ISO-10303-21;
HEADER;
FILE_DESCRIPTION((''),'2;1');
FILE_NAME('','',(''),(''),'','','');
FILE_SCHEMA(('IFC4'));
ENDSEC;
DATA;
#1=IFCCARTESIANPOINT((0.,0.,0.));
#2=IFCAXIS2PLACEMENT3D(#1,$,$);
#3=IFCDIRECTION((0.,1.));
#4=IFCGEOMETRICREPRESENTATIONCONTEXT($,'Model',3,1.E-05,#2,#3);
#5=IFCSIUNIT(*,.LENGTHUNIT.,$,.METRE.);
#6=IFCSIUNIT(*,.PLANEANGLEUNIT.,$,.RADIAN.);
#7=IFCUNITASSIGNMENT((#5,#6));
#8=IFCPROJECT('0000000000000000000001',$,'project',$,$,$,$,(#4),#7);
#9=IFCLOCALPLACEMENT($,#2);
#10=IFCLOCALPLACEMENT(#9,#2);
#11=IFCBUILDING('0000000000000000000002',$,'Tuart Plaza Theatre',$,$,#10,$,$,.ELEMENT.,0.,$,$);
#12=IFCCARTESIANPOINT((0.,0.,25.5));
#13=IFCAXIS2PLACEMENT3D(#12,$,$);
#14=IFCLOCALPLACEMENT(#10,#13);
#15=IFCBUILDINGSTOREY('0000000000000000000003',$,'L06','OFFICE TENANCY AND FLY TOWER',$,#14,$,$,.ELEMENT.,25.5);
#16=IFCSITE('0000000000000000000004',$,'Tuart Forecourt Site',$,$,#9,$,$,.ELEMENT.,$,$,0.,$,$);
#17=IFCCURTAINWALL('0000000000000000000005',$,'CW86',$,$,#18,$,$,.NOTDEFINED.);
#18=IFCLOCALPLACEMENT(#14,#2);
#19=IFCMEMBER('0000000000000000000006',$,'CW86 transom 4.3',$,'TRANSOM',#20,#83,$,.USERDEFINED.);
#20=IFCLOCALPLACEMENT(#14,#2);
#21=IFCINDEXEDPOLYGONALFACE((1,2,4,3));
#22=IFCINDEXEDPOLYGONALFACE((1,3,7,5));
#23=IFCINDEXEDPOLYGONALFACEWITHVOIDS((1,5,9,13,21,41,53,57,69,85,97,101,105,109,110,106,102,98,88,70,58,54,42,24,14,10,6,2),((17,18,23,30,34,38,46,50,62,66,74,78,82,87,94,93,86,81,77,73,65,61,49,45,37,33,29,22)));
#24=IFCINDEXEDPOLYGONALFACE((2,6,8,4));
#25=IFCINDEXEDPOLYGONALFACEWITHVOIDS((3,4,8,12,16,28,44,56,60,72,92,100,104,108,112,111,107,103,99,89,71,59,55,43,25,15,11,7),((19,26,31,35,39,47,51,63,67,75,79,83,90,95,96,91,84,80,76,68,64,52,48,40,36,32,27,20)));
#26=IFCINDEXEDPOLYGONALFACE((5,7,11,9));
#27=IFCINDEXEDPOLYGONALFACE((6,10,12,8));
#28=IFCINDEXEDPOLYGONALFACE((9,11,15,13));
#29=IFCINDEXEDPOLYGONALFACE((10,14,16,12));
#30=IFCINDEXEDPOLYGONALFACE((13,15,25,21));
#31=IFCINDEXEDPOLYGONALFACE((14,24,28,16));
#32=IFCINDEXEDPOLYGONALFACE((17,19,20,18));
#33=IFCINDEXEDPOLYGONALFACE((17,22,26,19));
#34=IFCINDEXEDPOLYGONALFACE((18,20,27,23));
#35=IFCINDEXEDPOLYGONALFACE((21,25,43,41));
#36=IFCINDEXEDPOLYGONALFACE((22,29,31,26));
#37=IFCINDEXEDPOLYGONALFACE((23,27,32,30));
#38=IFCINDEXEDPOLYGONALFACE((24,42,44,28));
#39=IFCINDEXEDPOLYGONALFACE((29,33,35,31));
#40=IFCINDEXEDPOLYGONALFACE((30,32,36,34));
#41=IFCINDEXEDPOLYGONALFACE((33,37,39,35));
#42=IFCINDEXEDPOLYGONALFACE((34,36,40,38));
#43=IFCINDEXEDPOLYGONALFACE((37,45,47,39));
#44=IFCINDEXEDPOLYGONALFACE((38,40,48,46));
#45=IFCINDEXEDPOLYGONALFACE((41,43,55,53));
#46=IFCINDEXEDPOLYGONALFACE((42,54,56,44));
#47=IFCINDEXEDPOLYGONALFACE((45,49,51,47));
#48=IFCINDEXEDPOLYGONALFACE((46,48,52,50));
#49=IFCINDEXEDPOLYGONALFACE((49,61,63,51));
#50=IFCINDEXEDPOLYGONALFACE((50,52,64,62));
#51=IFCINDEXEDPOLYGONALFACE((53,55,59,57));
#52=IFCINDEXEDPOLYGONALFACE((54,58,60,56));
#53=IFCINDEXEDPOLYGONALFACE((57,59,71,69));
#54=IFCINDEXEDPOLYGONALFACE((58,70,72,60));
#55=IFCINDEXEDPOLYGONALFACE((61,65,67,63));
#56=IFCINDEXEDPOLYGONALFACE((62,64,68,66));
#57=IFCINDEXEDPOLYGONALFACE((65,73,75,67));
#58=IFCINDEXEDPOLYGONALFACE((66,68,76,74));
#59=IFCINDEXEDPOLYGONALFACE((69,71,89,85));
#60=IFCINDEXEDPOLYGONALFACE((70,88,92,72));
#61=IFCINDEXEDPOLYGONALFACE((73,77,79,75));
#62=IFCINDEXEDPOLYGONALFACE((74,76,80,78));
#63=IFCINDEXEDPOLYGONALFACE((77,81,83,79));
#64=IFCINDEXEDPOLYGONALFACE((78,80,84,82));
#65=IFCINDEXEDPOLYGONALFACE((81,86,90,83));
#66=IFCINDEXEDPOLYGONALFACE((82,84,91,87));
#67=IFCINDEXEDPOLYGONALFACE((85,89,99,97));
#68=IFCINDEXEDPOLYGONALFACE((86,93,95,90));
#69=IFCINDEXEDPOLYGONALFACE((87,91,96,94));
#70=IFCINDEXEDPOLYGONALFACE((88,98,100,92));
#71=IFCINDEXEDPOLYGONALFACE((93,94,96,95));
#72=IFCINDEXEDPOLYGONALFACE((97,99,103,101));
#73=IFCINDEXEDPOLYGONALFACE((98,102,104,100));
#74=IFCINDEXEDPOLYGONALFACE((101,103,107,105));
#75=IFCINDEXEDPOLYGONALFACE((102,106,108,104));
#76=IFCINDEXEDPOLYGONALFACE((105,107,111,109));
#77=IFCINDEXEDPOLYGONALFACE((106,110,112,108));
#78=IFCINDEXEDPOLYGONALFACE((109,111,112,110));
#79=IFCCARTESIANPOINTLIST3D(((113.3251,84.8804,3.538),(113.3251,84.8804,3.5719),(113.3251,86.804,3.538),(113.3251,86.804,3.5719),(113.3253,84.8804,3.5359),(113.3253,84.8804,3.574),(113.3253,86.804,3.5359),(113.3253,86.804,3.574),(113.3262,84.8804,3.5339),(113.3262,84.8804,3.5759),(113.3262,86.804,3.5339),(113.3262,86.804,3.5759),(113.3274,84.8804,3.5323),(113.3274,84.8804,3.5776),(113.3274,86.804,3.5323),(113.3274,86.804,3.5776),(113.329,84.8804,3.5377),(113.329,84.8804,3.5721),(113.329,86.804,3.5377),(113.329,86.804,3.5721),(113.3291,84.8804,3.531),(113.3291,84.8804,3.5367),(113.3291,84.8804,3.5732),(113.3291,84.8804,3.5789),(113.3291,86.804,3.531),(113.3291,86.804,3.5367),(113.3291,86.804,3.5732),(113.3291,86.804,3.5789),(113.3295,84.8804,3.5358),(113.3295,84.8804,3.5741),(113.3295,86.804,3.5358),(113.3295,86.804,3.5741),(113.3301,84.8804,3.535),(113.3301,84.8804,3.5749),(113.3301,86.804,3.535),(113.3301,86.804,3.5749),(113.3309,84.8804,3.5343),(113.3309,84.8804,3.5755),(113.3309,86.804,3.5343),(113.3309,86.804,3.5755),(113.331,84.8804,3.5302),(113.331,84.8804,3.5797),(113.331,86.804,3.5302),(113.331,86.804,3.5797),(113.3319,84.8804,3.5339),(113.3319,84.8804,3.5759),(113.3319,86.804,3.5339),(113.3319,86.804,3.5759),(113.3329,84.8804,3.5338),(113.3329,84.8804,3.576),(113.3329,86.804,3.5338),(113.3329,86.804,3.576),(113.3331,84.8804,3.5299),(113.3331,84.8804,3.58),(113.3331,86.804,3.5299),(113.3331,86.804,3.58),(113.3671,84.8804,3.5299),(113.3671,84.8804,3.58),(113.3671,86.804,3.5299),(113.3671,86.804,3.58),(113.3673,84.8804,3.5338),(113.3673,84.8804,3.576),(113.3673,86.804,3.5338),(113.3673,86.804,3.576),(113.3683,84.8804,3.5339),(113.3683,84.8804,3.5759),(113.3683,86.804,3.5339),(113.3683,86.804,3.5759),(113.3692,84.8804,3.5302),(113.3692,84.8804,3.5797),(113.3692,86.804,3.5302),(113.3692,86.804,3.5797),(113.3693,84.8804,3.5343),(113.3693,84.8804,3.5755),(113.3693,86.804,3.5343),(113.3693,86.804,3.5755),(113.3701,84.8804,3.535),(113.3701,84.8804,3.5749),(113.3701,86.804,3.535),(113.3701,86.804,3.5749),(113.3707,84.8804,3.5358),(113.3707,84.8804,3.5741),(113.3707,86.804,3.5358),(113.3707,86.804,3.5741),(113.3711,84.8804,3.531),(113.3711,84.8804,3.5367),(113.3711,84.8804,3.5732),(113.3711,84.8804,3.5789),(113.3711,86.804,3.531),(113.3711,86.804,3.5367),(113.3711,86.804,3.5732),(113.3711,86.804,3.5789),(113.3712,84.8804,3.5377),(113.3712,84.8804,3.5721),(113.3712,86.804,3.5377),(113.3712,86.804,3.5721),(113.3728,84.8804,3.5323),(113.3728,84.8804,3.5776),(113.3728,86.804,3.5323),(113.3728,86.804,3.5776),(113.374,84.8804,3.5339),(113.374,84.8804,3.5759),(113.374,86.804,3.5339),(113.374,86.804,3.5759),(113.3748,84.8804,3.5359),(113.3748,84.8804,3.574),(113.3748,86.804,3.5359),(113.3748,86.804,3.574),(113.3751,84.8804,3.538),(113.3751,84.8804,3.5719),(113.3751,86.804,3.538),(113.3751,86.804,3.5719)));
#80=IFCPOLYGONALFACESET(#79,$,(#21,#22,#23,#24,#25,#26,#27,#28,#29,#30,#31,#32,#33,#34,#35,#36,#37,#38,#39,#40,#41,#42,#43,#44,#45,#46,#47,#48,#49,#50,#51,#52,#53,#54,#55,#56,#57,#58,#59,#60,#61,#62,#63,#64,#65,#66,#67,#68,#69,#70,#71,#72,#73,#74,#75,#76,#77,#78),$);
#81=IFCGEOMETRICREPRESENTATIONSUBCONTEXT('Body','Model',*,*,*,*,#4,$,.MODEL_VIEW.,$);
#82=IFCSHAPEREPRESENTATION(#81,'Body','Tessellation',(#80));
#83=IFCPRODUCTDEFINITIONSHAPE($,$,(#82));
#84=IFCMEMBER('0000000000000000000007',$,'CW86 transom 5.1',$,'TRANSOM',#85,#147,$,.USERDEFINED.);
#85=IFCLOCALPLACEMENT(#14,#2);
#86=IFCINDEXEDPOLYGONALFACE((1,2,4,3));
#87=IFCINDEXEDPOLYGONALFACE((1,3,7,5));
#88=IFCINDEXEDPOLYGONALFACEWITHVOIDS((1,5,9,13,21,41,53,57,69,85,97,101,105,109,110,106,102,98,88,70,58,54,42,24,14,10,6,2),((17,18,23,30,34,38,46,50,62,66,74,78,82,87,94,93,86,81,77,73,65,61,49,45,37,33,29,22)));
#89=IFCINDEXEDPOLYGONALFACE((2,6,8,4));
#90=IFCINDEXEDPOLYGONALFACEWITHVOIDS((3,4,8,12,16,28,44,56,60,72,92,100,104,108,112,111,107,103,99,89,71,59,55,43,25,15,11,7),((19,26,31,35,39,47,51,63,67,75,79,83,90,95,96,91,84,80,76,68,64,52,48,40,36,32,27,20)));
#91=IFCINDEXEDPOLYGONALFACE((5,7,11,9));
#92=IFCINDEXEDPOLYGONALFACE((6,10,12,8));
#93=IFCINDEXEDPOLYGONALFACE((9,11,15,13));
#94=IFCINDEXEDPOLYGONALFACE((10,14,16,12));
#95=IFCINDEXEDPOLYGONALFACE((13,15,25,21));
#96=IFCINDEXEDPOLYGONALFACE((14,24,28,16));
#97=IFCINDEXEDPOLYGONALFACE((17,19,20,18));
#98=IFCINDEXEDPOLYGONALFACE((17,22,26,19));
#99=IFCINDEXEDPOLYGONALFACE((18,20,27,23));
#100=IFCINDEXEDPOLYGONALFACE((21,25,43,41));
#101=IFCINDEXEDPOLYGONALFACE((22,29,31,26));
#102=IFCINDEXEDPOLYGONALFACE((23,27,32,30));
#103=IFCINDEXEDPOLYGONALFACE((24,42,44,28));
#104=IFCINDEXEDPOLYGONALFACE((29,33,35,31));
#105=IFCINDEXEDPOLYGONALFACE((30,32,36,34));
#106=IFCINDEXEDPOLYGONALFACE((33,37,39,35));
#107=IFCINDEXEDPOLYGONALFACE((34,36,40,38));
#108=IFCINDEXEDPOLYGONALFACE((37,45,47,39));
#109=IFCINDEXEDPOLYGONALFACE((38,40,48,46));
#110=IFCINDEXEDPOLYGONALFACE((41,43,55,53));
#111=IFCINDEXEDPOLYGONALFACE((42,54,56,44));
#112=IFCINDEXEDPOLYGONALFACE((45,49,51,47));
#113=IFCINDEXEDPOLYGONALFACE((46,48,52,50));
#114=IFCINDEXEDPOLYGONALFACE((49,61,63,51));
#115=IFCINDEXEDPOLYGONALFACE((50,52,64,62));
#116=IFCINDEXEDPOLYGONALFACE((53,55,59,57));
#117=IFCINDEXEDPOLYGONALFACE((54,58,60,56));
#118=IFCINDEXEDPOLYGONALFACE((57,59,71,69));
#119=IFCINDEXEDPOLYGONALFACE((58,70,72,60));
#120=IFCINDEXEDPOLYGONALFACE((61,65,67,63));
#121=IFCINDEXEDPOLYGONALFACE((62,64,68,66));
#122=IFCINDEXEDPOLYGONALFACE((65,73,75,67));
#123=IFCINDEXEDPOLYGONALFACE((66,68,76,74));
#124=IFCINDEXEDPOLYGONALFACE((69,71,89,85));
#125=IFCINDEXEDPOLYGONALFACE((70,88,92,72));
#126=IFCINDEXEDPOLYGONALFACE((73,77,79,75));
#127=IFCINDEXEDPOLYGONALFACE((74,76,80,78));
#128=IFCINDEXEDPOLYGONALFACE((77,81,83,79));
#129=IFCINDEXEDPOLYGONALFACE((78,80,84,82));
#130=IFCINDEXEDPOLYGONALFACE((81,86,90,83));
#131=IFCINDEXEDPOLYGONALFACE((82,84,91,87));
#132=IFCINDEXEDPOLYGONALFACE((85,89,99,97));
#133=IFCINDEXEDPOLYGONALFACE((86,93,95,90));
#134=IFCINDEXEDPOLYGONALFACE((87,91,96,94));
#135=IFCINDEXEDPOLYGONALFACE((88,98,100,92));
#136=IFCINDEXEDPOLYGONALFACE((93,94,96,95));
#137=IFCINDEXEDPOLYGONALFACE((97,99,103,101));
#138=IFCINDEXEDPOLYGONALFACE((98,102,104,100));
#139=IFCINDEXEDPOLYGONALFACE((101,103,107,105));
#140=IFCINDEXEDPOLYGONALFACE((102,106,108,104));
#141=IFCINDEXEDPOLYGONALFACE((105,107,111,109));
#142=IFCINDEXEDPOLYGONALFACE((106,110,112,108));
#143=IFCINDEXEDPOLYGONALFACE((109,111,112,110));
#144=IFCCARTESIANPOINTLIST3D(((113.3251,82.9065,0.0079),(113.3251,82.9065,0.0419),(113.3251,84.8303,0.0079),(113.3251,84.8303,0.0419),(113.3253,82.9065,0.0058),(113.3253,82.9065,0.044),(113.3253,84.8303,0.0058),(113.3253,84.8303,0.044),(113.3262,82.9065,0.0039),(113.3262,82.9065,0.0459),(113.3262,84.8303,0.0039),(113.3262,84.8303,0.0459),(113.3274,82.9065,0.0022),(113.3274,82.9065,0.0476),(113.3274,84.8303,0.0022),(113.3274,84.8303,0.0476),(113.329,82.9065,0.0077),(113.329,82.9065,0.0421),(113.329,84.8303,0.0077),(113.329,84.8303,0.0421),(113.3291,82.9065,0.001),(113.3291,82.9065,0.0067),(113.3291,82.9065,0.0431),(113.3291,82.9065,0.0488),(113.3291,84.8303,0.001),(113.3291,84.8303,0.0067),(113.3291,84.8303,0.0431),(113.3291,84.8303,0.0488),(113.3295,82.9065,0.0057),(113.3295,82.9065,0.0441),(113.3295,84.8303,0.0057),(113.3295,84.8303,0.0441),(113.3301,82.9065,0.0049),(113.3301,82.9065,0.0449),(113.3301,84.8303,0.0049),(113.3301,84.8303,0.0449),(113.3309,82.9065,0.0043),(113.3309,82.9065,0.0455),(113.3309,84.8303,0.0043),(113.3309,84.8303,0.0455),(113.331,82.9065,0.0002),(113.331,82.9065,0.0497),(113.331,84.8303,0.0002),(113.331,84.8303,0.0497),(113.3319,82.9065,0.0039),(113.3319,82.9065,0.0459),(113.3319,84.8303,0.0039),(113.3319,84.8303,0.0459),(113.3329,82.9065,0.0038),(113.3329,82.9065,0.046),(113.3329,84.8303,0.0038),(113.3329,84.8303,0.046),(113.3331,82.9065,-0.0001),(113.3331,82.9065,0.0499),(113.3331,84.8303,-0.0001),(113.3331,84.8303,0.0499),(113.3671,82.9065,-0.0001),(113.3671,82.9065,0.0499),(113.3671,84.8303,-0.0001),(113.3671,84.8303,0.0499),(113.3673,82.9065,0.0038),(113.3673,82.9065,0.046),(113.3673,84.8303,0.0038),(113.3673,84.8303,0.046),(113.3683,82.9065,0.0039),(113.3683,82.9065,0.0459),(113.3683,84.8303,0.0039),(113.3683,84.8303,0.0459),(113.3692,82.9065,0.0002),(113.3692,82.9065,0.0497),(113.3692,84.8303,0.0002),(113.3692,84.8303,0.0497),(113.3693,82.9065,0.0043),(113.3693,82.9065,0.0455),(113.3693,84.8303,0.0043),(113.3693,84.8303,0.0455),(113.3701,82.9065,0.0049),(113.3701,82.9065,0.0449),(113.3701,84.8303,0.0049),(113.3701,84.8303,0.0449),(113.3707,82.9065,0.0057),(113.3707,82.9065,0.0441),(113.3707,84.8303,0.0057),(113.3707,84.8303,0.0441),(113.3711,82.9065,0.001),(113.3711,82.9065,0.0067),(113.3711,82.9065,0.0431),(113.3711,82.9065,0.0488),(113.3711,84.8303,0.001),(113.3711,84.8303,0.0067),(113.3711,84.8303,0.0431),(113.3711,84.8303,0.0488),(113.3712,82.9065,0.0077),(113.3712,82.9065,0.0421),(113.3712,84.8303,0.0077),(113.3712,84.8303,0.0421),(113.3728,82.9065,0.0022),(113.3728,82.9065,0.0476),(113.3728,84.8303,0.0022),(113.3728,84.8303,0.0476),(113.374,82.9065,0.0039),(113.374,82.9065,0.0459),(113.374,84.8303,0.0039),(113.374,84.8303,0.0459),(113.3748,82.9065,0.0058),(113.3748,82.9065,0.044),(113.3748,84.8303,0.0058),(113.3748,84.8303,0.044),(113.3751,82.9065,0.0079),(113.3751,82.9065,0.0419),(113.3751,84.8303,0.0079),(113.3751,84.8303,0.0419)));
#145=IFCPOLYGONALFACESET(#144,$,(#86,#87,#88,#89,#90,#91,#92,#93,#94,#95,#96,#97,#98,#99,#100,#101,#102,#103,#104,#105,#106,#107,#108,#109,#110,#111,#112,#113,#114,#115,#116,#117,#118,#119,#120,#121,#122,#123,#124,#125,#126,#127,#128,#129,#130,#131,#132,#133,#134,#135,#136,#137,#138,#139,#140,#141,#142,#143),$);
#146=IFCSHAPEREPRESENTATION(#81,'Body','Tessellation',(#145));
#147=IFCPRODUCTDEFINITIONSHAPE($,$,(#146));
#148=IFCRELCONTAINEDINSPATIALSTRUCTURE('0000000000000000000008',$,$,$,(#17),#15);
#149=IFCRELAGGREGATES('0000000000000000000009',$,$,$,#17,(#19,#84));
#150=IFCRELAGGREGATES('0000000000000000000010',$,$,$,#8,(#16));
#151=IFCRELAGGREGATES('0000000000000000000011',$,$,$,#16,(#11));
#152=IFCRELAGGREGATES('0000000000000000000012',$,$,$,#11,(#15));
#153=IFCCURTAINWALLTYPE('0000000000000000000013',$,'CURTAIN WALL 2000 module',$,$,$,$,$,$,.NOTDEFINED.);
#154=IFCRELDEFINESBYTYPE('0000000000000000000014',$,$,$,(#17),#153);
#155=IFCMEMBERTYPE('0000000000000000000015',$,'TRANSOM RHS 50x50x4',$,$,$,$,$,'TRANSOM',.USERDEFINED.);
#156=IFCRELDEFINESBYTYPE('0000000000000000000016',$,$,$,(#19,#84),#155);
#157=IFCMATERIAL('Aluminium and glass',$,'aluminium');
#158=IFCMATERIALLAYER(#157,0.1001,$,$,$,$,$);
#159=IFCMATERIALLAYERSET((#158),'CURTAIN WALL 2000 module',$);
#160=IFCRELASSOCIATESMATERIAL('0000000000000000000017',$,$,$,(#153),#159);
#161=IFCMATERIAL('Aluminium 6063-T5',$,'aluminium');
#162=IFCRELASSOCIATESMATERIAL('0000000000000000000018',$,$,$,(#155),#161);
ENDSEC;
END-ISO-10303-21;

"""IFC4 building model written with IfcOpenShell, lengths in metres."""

from ifc_helpers import new_model, si_unit, direction, frame, origin, origin_2d, place, context, subcontext, project, spatial, hollow_rectangle, extrude, material, layer, layer_set, material_profile, profile_set, type_object, element, aggregate, save


model = new_model("IFC4")

# Units and contexts
model_context = context("Model", 3, precision=1e-05, world=origin(), true_north=direction((0.0, 1.0)))
body_context = subcontext(model_context, "Body", "Model", "MODEL_VIEW")
ifc_project = project(units=[si_unit("LENGTHUNIT", "METRE"), si_unit("PLANEANGLEUNIT", "RADIAN")], contexts=[model_context])

# Site, building, storey
site_placement = place(None, origin())
site = spatial("IfcSite", under=ifc_project, at=site_placement, Name="Tuart Forecourt Site", CompositionType="ELEMENT", RefElevation=0.0)
building_placement = place(site_placement, origin())
building = spatial("IfcBuilding", under=site, at=building_placement, Name="Tuart Plaza Theatre", CompositionType="ELEMENT", ElevationOfRefHeight=0.0)
storey_placement = place(building_placement, frame((0.0, 0.0, 25.5)))
storey = spatial("IfcBuildingStorey", under=building, at=storey_placement, Name="L06", Description="OFFICE TENANCY AND FLY TOWER", CompositionType="ELEMENT", Elevation=25.5)

# Curtain wall, members
ifc_material_1 = material(Name="Aluminium and glass", Category="aluminium")
ifc_layer_1 = layer(ifc_material_1, 0.1001)
ifc_layer_set_1 = layer_set([ifc_layer_1], Name="CURTAIN WALL 2000 module")
curtain_wall_type = type_object("IfcCurtainWallType", Name="CURTAIN WALL 2000 module", PredefinedType="NOTDEFINED", material=ifc_layer_set_1)
curtain_wall_placement = place(storey_placement, origin())
curtain_wall = element("IfcCurtainWall", 1, at=curtain_wall_placement, inside=storey, type_object=curtain_wall_type, Name="CW86", PredefinedType="NOTDEFINED")
ifc_material_2 = material(Name="Aluminium 6063-T5", Category="aluminium")
ifc_material_profile_1 = material_profile(ifc_material_2, hollow_rectangle(XDim=0.05, YDim=0.05, WallThickness=0.0039, InnerFilletRadius=0.0039, OuterFilletRadius=0.0081, at=origin_2d()), Name="RHS 50x50x4")
ifc_profile_set_1 = profile_set([ifc_material_profile_1], Name="Aluminium 6063-T5")
member_type = type_object("IfcMemberType", Name="TRANSOM RHS 50x50x4", ElementType="TRANSOM", PredefinedType="USERDEFINED", material=ifc_profile_set_1)
member_1_placement = place(storey_placement, frame((113.3501, 86.804, 3.5549), z_axis=(0.0, -1.0, 0.0), x_axis=(1.0, 0.0, 0.0)))
member_1 = element("IfcMember", 2, at=member_1_placement, type_object=member_type, Name="CW86 transom 4.3", ObjectType="TRANSOM", PredefinedType="USERDEFINED", context=body_context, shape_type="SweptSolid", body=[
    extrude(hollow_rectangle(XDim=0.05, YDim=0.05, WallThickness=0.0039, InnerFilletRadius=0.0039, OuterFilletRadius=0.0081, at=origin_2d()), origin(), (0.0, 0.0, 1.0), 1.9236),
])
member_2_placement = place(storey_placement, frame((113.3501, 84.8303, 0.0249), z_axis=(0.0, -1.0, 0.0), x_axis=(1.0, 0.0, 0.0)))
member_2 = element("IfcMember", 3, at=member_2_placement, type_object=member_type, Name="CW86 transom 5.1", ObjectType="TRANSOM", PredefinedType="USERDEFINED", context=body_context, shape_type="SweptSolid", body=[
    extrude(hollow_rectangle(XDim=0.05, YDim=0.05, WallThickness=0.0039, InnerFilletRadius=0.0039, OuterFilletRadius=0.0081, at=origin_2d()), origin(), (0.0, 0.0, 1.0), 1.9238),
])
aggregate(curtain_wall, [member_1, member_2])

save(model, "model.ifc")
